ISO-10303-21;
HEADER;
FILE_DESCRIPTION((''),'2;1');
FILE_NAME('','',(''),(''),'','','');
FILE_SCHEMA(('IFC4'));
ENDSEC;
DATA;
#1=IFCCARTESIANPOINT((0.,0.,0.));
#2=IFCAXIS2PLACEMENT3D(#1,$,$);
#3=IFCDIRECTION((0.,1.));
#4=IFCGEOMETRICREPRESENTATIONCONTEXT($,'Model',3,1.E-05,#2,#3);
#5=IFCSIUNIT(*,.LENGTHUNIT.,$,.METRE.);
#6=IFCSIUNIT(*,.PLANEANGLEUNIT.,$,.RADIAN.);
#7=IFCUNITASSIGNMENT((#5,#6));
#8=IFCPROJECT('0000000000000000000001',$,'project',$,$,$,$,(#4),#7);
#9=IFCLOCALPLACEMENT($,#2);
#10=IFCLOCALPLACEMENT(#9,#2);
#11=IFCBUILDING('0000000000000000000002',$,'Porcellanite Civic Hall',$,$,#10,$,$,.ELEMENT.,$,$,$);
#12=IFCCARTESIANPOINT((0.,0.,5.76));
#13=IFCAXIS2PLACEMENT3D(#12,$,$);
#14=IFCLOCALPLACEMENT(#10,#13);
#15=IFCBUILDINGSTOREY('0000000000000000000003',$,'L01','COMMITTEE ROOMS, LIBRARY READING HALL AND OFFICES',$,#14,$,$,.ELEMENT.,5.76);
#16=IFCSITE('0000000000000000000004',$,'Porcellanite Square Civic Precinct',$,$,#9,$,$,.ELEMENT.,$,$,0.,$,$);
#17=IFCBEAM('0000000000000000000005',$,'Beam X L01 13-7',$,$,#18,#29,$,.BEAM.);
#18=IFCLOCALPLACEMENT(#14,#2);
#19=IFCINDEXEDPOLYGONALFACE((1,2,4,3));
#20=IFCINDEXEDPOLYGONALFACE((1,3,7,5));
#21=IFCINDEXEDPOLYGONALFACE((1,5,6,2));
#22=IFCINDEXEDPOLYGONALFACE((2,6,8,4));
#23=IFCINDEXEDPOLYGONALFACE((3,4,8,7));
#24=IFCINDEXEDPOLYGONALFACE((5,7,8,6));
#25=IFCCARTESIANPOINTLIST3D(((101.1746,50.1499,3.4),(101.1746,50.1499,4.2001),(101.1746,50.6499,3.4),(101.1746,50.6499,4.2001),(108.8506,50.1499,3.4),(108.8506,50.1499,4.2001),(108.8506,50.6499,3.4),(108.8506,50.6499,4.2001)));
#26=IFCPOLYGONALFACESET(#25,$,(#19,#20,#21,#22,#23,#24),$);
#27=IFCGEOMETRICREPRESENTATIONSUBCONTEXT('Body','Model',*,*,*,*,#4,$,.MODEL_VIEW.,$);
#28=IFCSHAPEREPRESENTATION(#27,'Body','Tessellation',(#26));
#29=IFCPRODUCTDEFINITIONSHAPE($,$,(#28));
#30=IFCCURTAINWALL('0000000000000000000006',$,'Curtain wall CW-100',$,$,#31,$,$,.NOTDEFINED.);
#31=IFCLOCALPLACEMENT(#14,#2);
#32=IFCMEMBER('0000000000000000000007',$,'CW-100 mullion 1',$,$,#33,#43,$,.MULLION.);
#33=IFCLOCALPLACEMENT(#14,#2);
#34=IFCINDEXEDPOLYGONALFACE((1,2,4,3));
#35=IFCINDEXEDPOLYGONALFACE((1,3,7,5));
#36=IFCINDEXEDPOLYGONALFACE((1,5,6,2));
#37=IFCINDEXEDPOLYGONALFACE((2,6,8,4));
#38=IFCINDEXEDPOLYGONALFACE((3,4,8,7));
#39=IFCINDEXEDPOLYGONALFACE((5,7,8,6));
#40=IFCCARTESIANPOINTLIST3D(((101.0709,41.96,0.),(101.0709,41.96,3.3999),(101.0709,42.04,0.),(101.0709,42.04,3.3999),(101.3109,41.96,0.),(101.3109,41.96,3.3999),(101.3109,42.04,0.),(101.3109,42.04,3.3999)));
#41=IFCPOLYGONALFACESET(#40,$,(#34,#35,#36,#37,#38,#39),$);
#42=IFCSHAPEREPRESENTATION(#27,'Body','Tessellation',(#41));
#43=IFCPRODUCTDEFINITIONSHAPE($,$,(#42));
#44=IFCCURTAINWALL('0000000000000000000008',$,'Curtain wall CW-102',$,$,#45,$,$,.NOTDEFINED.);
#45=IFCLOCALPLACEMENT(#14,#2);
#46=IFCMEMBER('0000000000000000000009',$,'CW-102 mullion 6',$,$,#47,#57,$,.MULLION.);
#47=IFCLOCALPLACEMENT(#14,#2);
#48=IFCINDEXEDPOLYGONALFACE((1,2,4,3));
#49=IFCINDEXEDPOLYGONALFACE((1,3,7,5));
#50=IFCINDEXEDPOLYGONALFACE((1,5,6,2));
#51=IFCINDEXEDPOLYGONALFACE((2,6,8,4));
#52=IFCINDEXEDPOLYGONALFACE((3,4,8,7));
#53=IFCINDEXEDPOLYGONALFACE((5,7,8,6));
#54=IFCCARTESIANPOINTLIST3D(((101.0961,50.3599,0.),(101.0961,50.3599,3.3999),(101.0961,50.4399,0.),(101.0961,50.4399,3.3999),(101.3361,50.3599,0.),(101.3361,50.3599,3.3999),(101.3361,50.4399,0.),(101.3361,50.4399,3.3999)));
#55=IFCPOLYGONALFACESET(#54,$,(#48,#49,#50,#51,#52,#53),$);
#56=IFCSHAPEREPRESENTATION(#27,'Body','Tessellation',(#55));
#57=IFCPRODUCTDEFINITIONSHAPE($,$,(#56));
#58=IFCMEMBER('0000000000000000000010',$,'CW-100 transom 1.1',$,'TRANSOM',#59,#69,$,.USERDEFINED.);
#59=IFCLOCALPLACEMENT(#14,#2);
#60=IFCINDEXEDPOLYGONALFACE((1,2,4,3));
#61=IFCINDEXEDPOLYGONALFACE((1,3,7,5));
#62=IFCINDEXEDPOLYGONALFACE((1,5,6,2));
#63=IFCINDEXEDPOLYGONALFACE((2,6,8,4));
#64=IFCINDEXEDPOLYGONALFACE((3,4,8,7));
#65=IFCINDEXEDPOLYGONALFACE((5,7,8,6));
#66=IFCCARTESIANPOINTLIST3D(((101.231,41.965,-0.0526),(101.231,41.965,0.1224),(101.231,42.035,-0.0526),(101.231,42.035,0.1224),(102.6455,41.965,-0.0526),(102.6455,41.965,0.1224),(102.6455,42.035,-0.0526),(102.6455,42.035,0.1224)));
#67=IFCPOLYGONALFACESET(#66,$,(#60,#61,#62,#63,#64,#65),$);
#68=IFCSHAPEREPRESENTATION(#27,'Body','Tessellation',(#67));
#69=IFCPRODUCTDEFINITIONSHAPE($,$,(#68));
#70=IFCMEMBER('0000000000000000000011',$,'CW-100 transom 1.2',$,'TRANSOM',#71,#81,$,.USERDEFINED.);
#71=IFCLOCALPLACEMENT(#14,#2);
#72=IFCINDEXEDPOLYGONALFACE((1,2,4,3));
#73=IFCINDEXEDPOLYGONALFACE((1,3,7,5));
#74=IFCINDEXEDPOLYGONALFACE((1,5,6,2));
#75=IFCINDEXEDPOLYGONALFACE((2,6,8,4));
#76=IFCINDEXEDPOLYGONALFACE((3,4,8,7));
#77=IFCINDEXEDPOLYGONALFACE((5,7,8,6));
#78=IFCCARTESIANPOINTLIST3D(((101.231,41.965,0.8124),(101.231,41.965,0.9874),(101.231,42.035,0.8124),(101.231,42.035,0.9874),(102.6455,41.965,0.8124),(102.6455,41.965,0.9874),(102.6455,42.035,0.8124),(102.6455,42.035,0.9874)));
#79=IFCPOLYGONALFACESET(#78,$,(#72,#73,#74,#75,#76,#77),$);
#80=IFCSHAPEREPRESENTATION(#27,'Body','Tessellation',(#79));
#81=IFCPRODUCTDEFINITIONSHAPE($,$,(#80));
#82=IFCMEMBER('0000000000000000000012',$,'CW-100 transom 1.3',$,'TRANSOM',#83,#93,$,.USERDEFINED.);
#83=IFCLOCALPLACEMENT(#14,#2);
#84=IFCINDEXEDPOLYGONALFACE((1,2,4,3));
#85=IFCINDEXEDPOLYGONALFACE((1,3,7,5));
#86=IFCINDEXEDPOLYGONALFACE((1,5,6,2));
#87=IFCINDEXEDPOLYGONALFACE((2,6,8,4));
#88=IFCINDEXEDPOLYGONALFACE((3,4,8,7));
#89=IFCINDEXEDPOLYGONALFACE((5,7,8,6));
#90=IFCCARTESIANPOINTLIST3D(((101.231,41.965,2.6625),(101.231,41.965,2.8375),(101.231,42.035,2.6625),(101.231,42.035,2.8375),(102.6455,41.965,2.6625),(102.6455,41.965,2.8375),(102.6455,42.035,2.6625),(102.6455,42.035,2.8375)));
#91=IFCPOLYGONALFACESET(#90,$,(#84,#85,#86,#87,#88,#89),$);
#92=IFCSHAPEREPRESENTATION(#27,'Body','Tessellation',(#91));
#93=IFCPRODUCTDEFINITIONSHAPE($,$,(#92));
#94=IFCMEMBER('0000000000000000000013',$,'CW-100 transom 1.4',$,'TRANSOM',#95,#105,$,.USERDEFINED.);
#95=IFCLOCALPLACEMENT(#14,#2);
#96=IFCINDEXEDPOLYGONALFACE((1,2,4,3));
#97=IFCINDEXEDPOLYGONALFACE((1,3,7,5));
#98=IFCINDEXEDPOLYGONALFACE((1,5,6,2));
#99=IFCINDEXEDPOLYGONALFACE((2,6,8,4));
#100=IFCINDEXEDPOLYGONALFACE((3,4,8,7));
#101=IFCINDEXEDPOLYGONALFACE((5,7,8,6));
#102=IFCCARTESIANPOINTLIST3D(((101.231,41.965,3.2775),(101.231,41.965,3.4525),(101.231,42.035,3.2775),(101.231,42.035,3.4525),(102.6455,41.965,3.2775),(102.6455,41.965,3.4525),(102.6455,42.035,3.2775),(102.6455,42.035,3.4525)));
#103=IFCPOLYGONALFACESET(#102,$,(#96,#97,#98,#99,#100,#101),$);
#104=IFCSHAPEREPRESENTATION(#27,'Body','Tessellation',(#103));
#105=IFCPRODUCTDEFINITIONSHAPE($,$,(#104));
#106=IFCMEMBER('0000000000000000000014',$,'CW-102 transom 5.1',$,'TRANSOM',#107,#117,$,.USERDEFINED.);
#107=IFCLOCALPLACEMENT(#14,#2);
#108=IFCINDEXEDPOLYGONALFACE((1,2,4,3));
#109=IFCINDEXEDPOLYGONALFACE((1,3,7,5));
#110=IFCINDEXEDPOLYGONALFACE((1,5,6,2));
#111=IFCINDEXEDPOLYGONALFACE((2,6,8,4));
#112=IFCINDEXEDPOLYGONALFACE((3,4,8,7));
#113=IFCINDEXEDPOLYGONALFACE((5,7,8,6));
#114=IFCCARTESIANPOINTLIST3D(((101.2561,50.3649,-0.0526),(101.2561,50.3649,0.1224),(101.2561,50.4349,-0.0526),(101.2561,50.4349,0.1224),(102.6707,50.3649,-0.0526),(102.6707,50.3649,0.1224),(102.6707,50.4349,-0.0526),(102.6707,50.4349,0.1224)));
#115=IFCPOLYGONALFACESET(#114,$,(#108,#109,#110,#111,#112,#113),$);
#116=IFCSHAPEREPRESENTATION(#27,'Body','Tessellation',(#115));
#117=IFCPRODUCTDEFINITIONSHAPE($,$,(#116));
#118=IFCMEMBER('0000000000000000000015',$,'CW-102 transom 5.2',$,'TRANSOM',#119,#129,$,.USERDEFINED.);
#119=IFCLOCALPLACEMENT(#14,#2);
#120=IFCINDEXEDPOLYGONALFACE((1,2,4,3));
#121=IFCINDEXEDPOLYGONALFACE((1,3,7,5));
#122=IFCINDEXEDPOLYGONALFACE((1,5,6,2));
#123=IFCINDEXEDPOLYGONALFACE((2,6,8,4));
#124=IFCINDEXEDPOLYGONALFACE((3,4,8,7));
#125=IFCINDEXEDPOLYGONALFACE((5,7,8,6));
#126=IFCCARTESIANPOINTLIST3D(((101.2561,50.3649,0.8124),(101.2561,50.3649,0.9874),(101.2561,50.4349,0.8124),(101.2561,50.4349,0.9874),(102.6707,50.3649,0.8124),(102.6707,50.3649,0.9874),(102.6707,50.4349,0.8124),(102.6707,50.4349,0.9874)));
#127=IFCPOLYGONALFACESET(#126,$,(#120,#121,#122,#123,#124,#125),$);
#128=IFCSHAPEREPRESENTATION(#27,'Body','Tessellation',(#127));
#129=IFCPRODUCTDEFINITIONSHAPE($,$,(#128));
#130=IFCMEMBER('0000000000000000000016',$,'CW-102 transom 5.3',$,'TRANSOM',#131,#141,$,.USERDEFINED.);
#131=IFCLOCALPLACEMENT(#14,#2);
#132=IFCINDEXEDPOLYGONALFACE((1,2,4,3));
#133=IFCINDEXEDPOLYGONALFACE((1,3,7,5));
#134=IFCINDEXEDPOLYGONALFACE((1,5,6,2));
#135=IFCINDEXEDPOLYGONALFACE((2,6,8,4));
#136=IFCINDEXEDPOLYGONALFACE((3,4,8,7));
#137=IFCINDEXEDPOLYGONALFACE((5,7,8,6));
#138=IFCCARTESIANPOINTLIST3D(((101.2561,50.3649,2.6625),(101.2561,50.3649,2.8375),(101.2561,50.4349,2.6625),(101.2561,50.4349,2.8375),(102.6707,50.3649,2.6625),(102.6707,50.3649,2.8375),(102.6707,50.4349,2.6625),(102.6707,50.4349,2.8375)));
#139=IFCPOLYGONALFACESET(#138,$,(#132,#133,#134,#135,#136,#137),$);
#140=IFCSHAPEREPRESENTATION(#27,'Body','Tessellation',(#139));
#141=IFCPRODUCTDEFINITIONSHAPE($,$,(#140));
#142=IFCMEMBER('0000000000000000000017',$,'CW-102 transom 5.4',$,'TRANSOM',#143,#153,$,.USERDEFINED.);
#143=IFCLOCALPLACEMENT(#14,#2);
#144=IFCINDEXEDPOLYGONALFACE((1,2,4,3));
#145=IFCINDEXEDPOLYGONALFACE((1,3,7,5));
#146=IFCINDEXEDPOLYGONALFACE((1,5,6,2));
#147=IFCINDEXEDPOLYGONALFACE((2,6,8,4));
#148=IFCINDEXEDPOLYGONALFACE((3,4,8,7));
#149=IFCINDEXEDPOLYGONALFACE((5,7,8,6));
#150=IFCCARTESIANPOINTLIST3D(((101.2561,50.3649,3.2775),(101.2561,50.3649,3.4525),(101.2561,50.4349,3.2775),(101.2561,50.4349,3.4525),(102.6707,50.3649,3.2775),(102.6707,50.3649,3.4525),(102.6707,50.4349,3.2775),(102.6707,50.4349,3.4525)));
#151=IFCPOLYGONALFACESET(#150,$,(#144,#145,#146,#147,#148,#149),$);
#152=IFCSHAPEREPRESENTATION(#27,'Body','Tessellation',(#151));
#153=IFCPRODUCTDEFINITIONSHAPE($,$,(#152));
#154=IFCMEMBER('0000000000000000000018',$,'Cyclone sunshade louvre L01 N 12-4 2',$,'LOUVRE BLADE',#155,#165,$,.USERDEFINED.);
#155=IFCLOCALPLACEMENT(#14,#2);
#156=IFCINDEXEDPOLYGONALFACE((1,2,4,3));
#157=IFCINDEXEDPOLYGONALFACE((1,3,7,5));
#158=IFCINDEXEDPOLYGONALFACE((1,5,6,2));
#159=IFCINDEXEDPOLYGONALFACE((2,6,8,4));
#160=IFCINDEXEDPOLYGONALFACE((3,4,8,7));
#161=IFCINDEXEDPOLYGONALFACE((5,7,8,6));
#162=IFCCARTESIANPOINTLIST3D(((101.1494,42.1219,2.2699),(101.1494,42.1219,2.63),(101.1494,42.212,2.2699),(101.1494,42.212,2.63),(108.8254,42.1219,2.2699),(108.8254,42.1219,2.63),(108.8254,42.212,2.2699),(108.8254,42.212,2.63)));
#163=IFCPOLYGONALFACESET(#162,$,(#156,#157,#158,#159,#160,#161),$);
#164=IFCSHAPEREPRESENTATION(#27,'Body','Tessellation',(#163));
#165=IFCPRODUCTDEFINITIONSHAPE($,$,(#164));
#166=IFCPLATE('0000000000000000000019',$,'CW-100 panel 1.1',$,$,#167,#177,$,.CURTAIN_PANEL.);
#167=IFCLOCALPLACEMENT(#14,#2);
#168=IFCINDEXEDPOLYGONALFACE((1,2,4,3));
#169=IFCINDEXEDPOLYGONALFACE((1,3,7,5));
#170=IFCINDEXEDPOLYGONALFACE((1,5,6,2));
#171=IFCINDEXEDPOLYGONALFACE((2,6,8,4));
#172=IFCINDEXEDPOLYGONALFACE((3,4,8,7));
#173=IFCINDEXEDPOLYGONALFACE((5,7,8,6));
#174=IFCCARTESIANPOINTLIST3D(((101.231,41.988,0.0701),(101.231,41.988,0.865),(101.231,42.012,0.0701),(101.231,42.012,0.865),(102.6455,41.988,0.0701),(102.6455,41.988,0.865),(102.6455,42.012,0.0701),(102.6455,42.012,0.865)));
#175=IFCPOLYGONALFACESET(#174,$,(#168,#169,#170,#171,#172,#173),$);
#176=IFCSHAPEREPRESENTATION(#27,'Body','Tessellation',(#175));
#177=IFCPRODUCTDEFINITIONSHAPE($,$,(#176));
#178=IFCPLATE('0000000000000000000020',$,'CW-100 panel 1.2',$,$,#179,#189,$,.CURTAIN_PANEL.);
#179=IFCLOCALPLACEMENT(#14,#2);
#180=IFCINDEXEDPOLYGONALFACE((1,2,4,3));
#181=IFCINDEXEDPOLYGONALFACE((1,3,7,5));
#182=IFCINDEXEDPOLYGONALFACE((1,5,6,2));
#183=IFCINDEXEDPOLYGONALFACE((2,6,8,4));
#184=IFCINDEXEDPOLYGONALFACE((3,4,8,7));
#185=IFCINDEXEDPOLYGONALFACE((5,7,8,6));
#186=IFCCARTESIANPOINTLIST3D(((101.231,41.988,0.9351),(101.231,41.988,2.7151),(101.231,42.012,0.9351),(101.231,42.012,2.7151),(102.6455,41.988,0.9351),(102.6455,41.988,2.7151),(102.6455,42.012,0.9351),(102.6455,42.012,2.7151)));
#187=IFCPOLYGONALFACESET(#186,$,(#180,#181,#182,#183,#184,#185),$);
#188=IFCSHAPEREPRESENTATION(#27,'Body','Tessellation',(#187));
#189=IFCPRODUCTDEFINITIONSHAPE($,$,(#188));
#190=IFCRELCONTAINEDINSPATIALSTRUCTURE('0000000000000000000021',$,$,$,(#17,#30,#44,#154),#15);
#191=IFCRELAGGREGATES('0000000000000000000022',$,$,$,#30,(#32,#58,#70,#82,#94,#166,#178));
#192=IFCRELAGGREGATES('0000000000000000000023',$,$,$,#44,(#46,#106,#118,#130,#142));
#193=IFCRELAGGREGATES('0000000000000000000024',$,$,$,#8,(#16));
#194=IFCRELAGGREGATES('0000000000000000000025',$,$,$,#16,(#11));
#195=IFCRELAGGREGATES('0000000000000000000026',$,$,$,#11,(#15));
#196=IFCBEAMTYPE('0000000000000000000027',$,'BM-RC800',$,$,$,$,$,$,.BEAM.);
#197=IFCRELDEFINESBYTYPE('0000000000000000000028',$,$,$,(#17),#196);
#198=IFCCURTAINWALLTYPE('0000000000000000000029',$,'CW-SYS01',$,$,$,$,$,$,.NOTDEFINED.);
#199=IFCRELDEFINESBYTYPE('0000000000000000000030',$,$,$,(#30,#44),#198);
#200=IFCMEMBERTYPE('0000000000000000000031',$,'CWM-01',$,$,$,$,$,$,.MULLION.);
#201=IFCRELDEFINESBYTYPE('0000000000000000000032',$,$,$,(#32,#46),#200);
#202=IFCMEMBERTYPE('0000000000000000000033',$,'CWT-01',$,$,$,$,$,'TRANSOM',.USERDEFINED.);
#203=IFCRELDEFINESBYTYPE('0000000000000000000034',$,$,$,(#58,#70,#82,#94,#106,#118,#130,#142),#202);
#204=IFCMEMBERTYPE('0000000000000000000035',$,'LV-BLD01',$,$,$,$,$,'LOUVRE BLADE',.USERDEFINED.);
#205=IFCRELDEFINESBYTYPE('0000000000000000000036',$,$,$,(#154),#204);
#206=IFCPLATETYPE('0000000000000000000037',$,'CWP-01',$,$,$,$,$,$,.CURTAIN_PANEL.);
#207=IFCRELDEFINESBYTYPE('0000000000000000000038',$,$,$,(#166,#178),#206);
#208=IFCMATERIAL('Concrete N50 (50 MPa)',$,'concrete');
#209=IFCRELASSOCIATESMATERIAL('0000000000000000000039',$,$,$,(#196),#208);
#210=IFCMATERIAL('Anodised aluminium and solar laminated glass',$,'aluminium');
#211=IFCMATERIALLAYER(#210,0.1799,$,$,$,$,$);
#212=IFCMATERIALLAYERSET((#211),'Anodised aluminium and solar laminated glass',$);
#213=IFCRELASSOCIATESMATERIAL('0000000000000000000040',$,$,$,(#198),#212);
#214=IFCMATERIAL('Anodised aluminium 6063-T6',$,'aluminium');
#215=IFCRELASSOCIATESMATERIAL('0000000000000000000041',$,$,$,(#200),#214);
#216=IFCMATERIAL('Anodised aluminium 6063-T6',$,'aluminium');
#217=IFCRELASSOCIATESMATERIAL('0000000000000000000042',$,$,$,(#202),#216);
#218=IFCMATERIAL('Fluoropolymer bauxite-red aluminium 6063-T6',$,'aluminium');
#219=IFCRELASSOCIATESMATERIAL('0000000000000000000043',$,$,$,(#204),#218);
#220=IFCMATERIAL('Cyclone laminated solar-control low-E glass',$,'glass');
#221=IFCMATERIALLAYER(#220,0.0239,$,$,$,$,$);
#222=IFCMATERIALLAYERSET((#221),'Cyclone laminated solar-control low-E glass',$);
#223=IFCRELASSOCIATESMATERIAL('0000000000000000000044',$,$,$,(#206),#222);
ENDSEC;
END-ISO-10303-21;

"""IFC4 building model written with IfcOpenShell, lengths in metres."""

from ifc_helpers import new_model, si_unit, direction, frame, origin, origin_2d, place, context, subcontext, project, spatial, rectangle, extrude, material, layer, layer_set, material_profile, profile_set, type_object, element, aggregate, save


model = new_model("IFC4")

# Units and contexts
model_context = context("Model", 3, precision=1e-05, world=origin(), true_north=direction((0.0, 1.0)))
body_context = subcontext(model_context, "Body", "Model", "MODEL_VIEW")
ifc_project = project(units=[si_unit("LENGTHUNIT", "METRE"), si_unit("PLANEANGLEUNIT", "RADIAN")], contexts=[model_context])

# Site, building, storey
site_placement = place(None, origin())
site = spatial("IfcSite", under=ifc_project, at=site_placement, Name="Porcellanite Square Civic Precinct", CompositionType="ELEMENT", RefElevation=0.0)
building_placement = place(site_placement, origin())
building = spatial("IfcBuilding", under=site, at=building_placement, Name="Porcellanite Civic Hall", CompositionType="ELEMENT")
storey_placement = place(building_placement, frame((0.0, 0.0, 5.76)))
storey = spatial("IfcBuildingStorey", under=building, at=storey_placement, Name="L01", Description="COMMITTEE ROOMS, LIBRARY READING HALL AND OFFICES", CompositionType="ELEMENT", Elevation=5.76)

# Beam
ifc_material_1 = material(Name="Concrete N50 (50 MPa)", Category="concrete")
ifc_material_profile_1 = material_profile(ifc_material_1, rectangle(XDim=0.5, YDim=0.8, at=origin_2d()), Name="RC-500x800")
ifc_profile_set_1 = profile_set([ifc_material_profile_1], Name="Concrete N50 (50 MPa)")
beam_type = type_object("IfcBeamType", Name="BM-RC800", PredefinedType="BEAM", material=ifc_profile_set_1)
beam_placement = place(storey_placement, frame((101.1746, 50.3999, 3.8), z_axis=(1.0, 0.0, 0.0), x_axis=(0.0, 1.0, 0.0)))
element("IfcBeam", 1, at=beam_placement, inside=storey, type_object=beam_type, Name="Beam X L01 13-7", PredefinedType="BEAM", context=body_context, shape_type="SweptSolid", body=[
    extrude(rectangle(XDim=0.5, YDim=0.8, at=origin_2d()), origin(), (0.0, 0.0, 1.0), 7.676),
])

# Curtain walls, members
ifc_material_2 = material(Name="Anodised aluminium and solar laminated glass", Category="aluminium")
ifc_layer_1 = layer(ifc_material_2, 0.1799)
ifc_layer_set_1 = layer_set([ifc_layer_1], Name="Anodised aluminium and solar laminated glass")
curtain_wall_type = type_object("IfcCurtainWallType", Name="CW-SYS01", PredefinedType="NOTDEFINED", material=ifc_layer_set_1)
curtain_wall_1_placement = place(storey_placement, origin())
curtain_wall_1 = element("IfcCurtainWall", 2, at=curtain_wall_1_placement, inside=storey, type_object=curtain_wall_type, Name="Curtain wall CW-100", PredefinedType="NOTDEFINED")
ifc_material_3 = material(Name="Anodised aluminium 6063-T6", Category="aluminium")
ifc_material_profile_2 = material_profile(ifc_material_3, rectangle(XDim=0.0801, YDim=0.24, at=origin_2d()), Name="AL-80x240")
ifc_profile_set_2 = profile_set([ifc_material_profile_2], Name="Anodised aluminium 6063-T6")
member_type_1 = type_object("IfcMemberType", Name="CWM-01", PredefinedType="MULLION", material=ifc_profile_set_2)
member_1_placement = place(storey_placement, frame((101.1909, 42.0, 0.0), z_axis=(0.0, 0.0, 1.0), x_axis=(0.0, 1.0, 0.0)))
member_1 = element("IfcMember", 3, at=member_1_placement, type_object=member_type_1, Name="CW-100 mullion 1", PredefinedType="MULLION", context=body_context, shape_type="SweptSolid", body=[
    extrude(rectangle(XDim=0.0801, YDim=0.24, at=origin_2d()), origin(), (0.0, 0.0, 1.0), 3.3999),
])
curtain_wall_2_placement = place(storey_placement, origin())
curtain_wall_2 = element("IfcCurtainWall", 4, at=curtain_wall_2_placement, inside=storey, type_object=curtain_wall_type, Name="Curtain wall CW-102", PredefinedType="NOTDEFINED")
member_2_placement = place(storey_placement, frame((101.2161, 50.3999, 0.0), z_axis=(0.0, 0.0, 1.0), x_axis=(0.0, -1.0, 0.0)))
member_2 = element("IfcMember", 5, at=member_2_placement, type_object=member_type_1, Name="CW-102 mullion 6", PredefinedType="MULLION", context=body_context, shape_type="SweptSolid", body=[
    extrude(rectangle(XDim=0.0801, YDim=0.24, at=origin_2d()), origin(), (0.0, 0.0, 1.0), 3.3999),
])

# Members
ifc_material_4 = material(Name="Anodised aluminium 6063-T6", Category="aluminium")
ifc_material_profile_3 = material_profile(ifc_material_4, rectangle(XDim=0.0701, YDim=0.175, at=origin_2d()), Name="AL-70x175")
ifc_profile_set_3 = profile_set([ifc_material_profile_3], Name="Anodised aluminium 6063-T6")
member_type_2 = type_object("IfcMemberType", Name="CWT-01", ElementType="TRANSOM", PredefinedType="USERDEFINED", material=ifc_profile_set_3)
member_3_placement = place(storey_placement, frame((101.231, 42.0, 0.0349), z_axis=(1.0, 0.0, 0.0), x_axis=(0.0, 1.0, 0.0)))
member_3 = element("IfcMember", 6, at=member_3_placement, type_object=member_type_2, Name="CW-100 transom 1.1", ObjectType="TRANSOM", PredefinedType="USERDEFINED", context=body_context, shape_type="SweptSolid", body=[
    extrude(rectangle(XDim=0.0701, YDim=0.175, at=origin_2d()), origin(), (0.0, 0.0, 1.0), 1.4146),
])
member_4_placement = place(storey_placement, frame((101.231, 42.0, 0.8999), z_axis=(1.0, 0.0, 0.0), x_axis=(0.0, 1.0, 0.0)))
member_4 = element("IfcMember", 7, at=member_4_placement, type_object=member_type_2, Name="CW-100 transom 1.2", ObjectType="TRANSOM", PredefinedType="USERDEFINED", context=body_context, shape_type="SweptSolid", body=[
    extrude(rectangle(XDim=0.0701, YDim=0.175, at=origin_2d()), origin(), (0.0, 0.0, 1.0), 1.4146),
])
member_5_placement = place(storey_placement, frame((101.231, 42.0, 2.75), z_axis=(1.0, 0.0, 0.0), x_axis=(0.0, 1.0, 0.0)))
member_5 = element("IfcMember", 8, at=member_5_placement, type_object=member_type_2, Name="CW-100 transom 1.3", ObjectType="TRANSOM", PredefinedType="USERDEFINED", context=body_context, shape_type="SweptSolid", body=[
    extrude(rectangle(XDim=0.0701, YDim=0.175, at=origin_2d()), origin(), (0.0, 0.0, 1.0), 1.4146),
])
member_6_placement = place(storey_placement, frame((101.231, 42.0, 3.365), z_axis=(1.0, 0.0, 0.0), x_axis=(0.0, 1.0, 0.0)))
member_6 = element("IfcMember", 9, at=member_6_placement, type_object=member_type_2, Name="CW-100 transom 1.4", ObjectType="TRANSOM", PredefinedType="USERDEFINED", context=body_context, shape_type="SweptSolid", body=[
    extrude(rectangle(XDim=0.0701, YDim=0.175, at=origin_2d()), origin(), (0.0, 0.0, 1.0), 1.4146),
])
member_7_placement = place(storey_placement, frame((102.6707, 50.3999, 0.0349), z_axis=(-1.0, 0.0, 0.0), x_axis=(0.0, -1.0, 0.0)))
member_7 = element("IfcMember", 10, at=member_7_placement, type_object=member_type_2, Name="CW-102 transom 5.1", ObjectType="TRANSOM", PredefinedType="USERDEFINED", context=body_context, shape_type="SweptSolid", body=[
    extrude(rectangle(XDim=0.0701, YDim=0.175, at=origin_2d()), origin(), (0.0, 0.0, 1.0), 1.4146),
])
member_8_placement = place(storey_placement, frame((102.6707, 50.3999, 0.8999), z_axis=(-1.0, 0.0, 0.0), x_axis=(0.0, -1.0, 0.0)))
member_8 = element("IfcMember", 11, at=member_8_placement, type_object=member_type_2, Name="CW-102 transom 5.2", ObjectType="TRANSOM", PredefinedType="USERDEFINED", context=body_context, shape_type="SweptSolid", body=[
    extrude(rectangle(XDim=0.0701, YDim=0.175, at=origin_2d()), origin(), (0.0, 0.0, 1.0), 1.4146),
])
member_9_placement = place(storey_placement, frame((102.6707, 50.3999, 2.75), z_axis=(-1.0, 0.0, 0.0), x_axis=(0.0, -1.0, 0.0)))
member_9 = element("IfcMember", 12, at=member_9_placement, type_object=member_type_2, Name="CW-102 transom 5.3", ObjectType="TRANSOM", PredefinedType="USERDEFINED", context=body_context, shape_type="SweptSolid", body=[
    extrude(rectangle(XDim=0.0701, YDim=0.175, at=origin_2d()), origin(), (0.0, 0.0, 1.0), 1.4146),
])
member_10_placement = place(storey_placement, frame((102.6707, 50.3999, 3.365), z_axis=(-1.0, 0.0, 0.0), x_axis=(0.0, -1.0, 0.0)))
member_10 = element("IfcMember", 13, at=member_10_placement, type_object=member_type_2, Name="CW-102 transom 5.4", ObjectType="TRANSOM", PredefinedType="USERDEFINED", context=body_context, shape_type="SweptSolid", body=[
    extrude(rectangle(XDim=0.0701, YDim=0.175, at=origin_2d()), origin(), (0.0, 0.0, 1.0), 1.4146),
])
ifc_material_5 = material(Name="Fluoropolymer bauxite-red aluminium 6063-T6", Category="aluminium")
ifc_material_profile_4 = material_profile(ifc_material_5, rectangle(XDim=0.0901, YDim=0.3601, at=origin_2d()), Name="AL-90x360")
ifc_profile_set_4 = profile_set([ifc_material_profile_4], Name="Fluoropolymer bauxite-red aluminium 6063-T6")
member_type_3 = type_object("IfcMemberType", Name="LV-BLD01", ElementType="LOUVRE BLADE", PredefinedType="USERDEFINED", material=ifc_profile_set_4)
member_11_placement = place(storey_placement, frame((101.1494, 42.167, 2.45), z_axis=(1.0, 0.0, 0.0), x_axis=(0.0, 1.0, 0.0)))
element("IfcMember", 14, at=member_11_placement, inside=storey, type_object=member_type_3, Name="Cyclone sunshade louvre L01 N 12-4 2", ObjectType="LOUVRE BLADE", PredefinedType="USERDEFINED", context=body_context, shape_type="SweptSolid", body=[
    extrude(rectangle(XDim=0.0901, YDim=0.3601, at=origin_2d()), origin(), (0.0, 0.0, 1.0), 7.676),
])

# Plates
ifc_material_6 = material(Name="Cyclone laminated solar-control low-E glass", Category="glass")
ifc_layer_2 = layer(ifc_material_6, 0.0239)
ifc_layer_set_2 = layer_set([ifc_layer_2], Name="Cyclone laminated solar-control low-E glass")
plate_type = type_object("IfcPlateType", Name="CWP-01", PredefinedType="CURTAIN_PANEL", material=ifc_layer_set_2)
plate_1_placement = place(storey_placement, frame((101.9382, 42.0, 0.0701), z_axis=(0.0, 0.0, 1.0), x_axis=(1.0, 0.0, 0.0)))
plate_1 = element("IfcPlate", 15, at=plate_1_placement, type_object=plate_type, Name="CW-100 panel 1.1", PredefinedType="CURTAIN_PANEL", context=body_context, shape_type="SweptSolid", body=[
    extrude(rectangle(XDim=1.4146, YDim=0.0239, at=origin_2d()), origin(), (0.0, 0.0, 1.0), 0.7949),
])
plate_2_placement = place(storey_placement, frame((101.9382, 42.0, 0.9351), z_axis=(0.0, 0.0, 1.0), x_axis=(1.0, 0.0, 0.0)))
plate_2 = element("IfcPlate", 16, at=plate_2_placement, type_object=plate_type, Name="CW-100 panel 1.2", PredefinedType="CURTAIN_PANEL", context=body_context, shape_type="SweptSolid", body=[
    extrude(rectangle(XDim=1.4146, YDim=0.0239, at=origin_2d()), origin(), (0.0, 0.0, 1.0), 1.78),
])
aggregate(curtain_wall_1, [member_1, member_3, member_4, member_5, member_6, plate_1, plate_2])
aggregate(curtain_wall_2, [member_2, member_7, member_8, member_9, member_10])

save(model, "model.ifc")
